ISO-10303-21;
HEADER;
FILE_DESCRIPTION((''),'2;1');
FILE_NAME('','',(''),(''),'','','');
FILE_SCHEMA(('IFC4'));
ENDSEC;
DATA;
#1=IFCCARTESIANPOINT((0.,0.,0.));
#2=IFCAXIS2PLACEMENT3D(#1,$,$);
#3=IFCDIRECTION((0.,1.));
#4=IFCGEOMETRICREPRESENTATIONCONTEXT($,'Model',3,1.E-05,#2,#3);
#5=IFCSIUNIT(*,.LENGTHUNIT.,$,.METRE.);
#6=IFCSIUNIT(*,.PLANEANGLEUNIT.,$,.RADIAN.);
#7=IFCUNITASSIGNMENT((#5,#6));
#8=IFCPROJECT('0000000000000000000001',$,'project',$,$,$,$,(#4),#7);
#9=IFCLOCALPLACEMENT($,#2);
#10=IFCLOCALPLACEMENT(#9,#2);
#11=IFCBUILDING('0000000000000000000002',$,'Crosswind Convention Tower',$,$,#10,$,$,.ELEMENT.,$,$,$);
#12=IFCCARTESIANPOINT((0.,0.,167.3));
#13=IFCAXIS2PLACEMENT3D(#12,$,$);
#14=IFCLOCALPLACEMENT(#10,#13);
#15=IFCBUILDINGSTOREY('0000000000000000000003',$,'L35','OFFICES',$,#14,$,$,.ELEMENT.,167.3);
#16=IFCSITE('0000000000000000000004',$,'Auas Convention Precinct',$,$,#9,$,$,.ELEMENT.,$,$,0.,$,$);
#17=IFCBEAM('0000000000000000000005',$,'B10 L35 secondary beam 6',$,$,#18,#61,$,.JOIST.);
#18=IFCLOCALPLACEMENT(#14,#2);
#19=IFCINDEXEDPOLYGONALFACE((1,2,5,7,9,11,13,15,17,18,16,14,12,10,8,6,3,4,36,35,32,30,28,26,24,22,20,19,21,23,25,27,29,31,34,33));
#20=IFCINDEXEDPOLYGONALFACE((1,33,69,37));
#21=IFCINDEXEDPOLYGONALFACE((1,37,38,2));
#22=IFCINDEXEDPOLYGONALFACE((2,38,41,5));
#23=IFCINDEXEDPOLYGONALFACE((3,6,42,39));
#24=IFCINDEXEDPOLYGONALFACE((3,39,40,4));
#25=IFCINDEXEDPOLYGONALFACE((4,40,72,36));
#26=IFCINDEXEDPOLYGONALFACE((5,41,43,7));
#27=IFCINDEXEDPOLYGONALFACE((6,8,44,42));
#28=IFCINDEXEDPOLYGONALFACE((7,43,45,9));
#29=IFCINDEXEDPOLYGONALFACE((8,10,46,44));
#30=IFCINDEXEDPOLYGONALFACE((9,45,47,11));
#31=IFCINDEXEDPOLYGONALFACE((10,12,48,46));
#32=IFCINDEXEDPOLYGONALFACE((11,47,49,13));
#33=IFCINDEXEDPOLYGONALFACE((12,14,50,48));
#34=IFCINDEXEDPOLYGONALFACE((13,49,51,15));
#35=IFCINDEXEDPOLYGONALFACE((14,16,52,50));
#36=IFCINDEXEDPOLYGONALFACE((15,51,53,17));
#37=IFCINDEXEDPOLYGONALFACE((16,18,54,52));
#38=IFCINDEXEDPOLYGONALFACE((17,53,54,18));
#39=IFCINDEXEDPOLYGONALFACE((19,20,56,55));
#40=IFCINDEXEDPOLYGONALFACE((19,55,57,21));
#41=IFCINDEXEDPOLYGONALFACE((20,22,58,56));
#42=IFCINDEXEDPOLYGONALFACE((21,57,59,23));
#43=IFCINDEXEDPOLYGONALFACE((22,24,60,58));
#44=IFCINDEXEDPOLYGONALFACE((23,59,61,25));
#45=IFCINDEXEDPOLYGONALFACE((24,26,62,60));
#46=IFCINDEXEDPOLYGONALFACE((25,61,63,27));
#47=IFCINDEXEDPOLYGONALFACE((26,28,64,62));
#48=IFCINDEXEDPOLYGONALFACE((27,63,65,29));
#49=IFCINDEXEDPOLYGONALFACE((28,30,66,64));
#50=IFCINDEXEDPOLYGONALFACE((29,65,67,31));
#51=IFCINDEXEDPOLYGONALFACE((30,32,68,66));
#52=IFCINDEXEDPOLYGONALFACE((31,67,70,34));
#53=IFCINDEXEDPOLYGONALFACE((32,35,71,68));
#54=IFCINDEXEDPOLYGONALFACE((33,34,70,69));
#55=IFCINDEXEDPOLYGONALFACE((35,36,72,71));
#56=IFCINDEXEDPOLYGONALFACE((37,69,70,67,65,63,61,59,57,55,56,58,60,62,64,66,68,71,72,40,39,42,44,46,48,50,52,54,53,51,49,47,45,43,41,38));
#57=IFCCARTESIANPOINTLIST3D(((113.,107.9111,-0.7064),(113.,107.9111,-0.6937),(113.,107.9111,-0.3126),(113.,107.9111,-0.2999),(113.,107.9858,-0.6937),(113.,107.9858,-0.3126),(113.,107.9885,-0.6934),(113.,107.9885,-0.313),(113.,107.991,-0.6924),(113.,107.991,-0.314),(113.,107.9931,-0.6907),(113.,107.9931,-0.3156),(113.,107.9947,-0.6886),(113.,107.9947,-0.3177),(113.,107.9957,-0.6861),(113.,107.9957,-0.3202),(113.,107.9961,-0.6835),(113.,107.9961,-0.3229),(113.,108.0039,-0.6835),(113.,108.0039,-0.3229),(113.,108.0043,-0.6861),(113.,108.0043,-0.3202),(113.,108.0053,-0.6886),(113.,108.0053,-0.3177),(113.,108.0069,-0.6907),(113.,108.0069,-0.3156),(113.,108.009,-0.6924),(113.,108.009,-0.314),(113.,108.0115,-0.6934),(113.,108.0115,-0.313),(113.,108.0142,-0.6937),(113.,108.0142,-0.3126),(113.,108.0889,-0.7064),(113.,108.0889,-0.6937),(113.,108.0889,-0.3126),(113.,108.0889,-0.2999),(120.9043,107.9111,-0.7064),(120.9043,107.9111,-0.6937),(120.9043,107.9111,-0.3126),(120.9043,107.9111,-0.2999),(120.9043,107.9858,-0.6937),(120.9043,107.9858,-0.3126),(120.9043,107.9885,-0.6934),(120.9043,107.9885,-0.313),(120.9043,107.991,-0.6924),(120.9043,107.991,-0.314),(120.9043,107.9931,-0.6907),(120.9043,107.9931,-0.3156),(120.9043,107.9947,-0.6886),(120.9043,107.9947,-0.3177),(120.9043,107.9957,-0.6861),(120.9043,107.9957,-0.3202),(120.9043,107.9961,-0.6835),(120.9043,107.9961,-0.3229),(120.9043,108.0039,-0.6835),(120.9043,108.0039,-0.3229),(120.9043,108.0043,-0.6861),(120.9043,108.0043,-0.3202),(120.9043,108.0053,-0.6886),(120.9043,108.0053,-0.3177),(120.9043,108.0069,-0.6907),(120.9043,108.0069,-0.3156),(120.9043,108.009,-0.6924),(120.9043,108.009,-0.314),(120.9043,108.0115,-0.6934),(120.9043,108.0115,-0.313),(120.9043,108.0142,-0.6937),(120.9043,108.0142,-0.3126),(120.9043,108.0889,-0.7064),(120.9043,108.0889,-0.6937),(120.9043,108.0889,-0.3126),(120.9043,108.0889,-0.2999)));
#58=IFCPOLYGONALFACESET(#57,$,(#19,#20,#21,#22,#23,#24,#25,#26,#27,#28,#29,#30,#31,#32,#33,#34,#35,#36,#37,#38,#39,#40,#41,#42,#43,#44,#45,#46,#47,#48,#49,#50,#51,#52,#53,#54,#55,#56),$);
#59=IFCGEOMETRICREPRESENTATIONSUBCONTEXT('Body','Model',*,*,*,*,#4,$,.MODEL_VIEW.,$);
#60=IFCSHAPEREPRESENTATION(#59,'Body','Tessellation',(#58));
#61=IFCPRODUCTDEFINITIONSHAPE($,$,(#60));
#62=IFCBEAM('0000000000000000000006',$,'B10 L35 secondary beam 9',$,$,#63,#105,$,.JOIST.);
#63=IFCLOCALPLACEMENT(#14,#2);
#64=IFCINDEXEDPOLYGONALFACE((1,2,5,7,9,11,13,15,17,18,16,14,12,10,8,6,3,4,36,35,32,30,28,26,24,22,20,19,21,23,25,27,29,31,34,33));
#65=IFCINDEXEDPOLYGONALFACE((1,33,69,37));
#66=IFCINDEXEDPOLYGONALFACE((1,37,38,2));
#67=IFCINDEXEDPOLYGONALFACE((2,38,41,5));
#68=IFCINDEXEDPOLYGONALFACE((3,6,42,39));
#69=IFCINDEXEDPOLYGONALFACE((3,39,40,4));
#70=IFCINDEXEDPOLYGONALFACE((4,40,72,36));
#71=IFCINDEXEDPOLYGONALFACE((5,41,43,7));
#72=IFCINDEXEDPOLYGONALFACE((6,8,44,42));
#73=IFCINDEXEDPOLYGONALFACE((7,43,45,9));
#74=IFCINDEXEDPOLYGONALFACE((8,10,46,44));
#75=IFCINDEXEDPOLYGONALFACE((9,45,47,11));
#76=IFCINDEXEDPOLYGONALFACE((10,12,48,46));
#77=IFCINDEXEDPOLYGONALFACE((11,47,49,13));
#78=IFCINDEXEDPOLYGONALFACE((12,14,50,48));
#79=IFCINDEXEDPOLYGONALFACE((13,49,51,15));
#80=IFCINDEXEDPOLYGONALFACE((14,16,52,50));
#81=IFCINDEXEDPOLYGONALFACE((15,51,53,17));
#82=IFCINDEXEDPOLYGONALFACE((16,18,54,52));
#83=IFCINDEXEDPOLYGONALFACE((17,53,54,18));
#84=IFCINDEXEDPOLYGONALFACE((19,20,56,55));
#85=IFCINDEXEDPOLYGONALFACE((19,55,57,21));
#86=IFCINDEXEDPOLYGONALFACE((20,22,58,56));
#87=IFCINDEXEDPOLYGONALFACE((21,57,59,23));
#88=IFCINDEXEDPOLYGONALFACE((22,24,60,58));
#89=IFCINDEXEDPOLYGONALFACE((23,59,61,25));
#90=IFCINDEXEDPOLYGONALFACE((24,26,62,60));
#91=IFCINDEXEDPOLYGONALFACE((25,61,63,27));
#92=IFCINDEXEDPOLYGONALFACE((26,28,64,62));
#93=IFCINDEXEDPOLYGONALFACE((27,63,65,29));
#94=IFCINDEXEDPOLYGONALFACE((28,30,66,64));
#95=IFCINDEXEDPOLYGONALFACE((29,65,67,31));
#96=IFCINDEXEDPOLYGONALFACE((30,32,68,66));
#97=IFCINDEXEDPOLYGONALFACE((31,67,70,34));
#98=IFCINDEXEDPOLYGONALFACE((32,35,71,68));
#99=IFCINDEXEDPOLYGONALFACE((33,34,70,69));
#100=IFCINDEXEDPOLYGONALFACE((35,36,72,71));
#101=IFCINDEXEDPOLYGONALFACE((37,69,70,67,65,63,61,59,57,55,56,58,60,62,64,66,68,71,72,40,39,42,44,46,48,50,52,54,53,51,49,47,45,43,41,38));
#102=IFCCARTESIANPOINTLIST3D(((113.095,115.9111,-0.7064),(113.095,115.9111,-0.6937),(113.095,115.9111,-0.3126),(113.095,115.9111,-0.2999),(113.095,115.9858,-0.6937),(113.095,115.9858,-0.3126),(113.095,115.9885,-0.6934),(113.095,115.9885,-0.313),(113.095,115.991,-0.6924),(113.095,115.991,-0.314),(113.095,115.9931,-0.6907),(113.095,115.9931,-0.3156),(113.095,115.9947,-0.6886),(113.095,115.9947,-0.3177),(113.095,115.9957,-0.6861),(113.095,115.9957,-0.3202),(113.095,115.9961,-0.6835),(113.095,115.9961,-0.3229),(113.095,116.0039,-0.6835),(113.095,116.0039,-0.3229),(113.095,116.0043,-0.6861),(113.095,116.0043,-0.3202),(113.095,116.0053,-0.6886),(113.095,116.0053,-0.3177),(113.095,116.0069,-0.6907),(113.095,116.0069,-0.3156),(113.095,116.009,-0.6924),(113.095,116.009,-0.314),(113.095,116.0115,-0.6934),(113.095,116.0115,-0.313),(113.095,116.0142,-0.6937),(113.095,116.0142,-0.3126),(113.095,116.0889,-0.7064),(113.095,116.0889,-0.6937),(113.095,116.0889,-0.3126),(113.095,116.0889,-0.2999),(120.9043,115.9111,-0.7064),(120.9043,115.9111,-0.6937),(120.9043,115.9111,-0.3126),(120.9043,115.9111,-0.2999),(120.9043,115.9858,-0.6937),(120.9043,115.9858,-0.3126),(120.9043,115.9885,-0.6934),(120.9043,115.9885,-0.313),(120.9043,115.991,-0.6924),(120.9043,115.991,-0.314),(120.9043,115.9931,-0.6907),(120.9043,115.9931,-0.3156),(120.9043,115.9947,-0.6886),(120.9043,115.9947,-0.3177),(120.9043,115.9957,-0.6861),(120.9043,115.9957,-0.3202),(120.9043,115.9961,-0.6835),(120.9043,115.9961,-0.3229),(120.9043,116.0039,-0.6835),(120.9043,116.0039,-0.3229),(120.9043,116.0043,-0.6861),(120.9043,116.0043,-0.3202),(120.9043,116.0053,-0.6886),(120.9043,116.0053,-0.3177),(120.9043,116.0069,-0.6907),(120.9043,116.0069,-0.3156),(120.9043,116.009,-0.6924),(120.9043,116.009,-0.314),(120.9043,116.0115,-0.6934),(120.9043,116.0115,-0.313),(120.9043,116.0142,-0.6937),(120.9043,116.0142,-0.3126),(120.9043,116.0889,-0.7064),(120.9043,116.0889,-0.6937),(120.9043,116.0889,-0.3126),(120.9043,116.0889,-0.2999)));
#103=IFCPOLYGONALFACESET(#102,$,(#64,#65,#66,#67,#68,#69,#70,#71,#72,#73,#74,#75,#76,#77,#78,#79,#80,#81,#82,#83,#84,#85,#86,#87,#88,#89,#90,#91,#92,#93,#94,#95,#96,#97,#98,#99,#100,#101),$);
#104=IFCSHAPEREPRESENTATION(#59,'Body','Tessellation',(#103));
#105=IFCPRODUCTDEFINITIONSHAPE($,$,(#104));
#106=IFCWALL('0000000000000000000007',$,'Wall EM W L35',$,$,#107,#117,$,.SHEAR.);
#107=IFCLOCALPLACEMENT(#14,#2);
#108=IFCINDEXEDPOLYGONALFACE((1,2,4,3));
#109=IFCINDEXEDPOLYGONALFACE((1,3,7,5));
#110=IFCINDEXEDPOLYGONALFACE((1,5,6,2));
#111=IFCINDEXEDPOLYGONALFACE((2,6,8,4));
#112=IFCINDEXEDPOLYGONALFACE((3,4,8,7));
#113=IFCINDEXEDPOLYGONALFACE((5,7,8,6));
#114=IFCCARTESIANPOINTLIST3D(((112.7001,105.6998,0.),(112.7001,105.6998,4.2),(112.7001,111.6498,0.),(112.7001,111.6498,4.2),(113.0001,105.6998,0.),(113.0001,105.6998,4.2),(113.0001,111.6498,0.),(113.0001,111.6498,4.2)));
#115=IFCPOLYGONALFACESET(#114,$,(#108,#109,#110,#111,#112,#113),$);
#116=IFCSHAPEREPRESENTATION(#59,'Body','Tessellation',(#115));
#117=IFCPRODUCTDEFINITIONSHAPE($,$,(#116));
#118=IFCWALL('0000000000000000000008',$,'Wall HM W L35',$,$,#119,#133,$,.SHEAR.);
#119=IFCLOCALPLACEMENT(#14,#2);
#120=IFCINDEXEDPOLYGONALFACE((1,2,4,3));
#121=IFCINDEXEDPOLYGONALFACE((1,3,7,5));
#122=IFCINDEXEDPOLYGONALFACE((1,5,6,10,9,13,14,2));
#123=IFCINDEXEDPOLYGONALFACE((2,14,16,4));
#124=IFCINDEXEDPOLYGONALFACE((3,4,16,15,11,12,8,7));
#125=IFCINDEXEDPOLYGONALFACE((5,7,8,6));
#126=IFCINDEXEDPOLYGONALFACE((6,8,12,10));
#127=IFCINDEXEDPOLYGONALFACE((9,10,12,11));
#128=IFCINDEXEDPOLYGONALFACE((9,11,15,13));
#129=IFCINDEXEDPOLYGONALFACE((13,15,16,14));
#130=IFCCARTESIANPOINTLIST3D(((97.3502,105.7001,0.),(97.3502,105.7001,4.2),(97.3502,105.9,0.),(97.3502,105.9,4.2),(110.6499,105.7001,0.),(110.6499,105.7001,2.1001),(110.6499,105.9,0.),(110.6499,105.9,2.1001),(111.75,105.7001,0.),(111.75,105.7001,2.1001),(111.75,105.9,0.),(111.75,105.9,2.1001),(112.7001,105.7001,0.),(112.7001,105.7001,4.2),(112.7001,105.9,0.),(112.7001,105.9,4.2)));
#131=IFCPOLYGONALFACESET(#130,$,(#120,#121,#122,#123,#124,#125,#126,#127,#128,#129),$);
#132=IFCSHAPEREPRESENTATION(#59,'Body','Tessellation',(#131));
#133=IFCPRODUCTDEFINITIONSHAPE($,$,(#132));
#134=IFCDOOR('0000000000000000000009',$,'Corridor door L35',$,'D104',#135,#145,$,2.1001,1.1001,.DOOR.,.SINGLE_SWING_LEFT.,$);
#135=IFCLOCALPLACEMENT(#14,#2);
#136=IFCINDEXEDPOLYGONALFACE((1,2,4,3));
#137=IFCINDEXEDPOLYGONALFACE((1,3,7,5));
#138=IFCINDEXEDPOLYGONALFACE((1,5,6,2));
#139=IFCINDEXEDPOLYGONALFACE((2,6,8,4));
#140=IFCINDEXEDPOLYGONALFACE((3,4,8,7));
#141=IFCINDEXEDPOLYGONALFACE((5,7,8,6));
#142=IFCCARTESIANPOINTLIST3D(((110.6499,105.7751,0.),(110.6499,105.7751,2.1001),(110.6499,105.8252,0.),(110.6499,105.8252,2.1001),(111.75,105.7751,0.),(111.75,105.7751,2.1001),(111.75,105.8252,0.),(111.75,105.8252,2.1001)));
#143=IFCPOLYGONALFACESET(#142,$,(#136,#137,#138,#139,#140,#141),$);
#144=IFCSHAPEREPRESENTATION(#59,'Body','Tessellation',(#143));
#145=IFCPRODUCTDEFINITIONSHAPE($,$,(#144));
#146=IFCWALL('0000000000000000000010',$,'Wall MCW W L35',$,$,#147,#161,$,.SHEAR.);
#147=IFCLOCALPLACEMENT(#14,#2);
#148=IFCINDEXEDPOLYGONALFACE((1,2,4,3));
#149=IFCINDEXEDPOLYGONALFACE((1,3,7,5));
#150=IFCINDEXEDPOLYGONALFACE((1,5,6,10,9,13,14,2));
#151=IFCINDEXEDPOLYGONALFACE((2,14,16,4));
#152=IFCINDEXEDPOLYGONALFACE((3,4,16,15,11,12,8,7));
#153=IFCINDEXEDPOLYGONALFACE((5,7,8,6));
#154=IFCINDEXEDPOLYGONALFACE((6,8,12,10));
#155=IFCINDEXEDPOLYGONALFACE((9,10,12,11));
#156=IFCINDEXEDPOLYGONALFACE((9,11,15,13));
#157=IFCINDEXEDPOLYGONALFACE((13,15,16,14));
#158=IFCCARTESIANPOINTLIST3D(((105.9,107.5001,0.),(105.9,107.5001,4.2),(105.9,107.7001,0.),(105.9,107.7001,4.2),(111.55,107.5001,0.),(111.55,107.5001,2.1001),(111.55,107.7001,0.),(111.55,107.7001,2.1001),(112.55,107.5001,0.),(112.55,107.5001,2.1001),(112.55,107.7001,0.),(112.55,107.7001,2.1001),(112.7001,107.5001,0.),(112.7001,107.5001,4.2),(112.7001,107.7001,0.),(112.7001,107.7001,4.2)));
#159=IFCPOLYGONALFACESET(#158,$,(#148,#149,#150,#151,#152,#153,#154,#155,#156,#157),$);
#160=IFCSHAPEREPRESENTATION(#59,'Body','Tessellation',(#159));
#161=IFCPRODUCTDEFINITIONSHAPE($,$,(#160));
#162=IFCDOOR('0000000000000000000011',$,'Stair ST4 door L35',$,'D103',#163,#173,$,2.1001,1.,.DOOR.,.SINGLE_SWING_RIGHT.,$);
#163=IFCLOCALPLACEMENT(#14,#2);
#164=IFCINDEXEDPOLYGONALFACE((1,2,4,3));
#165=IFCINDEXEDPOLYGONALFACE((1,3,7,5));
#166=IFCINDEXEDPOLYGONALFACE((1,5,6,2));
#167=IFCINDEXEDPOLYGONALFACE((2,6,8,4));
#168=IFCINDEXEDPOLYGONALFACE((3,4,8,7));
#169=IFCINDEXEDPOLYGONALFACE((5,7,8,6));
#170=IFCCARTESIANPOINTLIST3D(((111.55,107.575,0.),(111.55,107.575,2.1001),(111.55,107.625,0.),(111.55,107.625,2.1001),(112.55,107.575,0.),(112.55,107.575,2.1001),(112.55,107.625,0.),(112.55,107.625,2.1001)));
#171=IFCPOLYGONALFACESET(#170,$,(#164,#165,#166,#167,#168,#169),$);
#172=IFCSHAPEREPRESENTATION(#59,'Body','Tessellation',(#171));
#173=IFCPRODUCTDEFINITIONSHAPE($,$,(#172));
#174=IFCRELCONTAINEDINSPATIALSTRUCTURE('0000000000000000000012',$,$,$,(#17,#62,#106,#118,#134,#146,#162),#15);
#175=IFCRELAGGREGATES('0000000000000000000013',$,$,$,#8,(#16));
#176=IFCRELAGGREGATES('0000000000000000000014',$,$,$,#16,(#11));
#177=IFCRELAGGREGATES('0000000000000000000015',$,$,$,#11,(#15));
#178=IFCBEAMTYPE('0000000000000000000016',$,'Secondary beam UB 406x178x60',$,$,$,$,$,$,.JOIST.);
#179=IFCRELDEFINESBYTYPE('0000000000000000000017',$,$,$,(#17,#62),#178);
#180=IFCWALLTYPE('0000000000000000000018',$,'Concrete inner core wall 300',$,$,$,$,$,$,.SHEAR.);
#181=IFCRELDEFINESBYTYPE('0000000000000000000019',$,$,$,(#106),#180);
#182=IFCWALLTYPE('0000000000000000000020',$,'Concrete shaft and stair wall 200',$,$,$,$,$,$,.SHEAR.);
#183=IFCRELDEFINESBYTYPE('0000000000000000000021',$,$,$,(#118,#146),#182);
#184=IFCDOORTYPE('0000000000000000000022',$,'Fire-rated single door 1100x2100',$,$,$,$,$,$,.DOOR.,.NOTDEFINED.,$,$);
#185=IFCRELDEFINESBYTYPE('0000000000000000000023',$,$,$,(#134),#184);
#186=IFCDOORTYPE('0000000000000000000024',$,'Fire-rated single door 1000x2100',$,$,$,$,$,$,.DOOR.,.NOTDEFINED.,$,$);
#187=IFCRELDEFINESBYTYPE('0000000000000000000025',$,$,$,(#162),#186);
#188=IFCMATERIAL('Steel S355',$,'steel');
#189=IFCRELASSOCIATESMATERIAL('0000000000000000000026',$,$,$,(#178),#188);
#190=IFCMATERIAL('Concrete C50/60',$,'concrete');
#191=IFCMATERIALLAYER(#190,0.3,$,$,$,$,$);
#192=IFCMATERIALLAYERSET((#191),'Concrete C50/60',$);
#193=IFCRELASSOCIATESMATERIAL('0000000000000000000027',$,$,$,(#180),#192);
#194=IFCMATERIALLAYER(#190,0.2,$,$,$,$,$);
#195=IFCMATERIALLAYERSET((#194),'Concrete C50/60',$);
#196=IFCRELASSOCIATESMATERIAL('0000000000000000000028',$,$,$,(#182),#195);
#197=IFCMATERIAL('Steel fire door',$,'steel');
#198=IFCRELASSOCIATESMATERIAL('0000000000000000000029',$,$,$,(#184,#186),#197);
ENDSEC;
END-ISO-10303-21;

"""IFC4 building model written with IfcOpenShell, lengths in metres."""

from ifc_helpers import new_model, si_unit, direction, frame, frame_2d, origin, origin_2d, place, context, subcontext, project, spatial, rectangle, i_section, extrude, material, layer, layer_set, material_profile, profile_set, type_object, element, fill, save


model = new_model("IFC4")

# Units and contexts
model_context = context("Model", 3, precision=1e-05, world=origin(), true_north=direction((0.0, 1.0)))
body_context = subcontext(model_context, "Body", "Model", "MODEL_VIEW")
ifc_project = project(units=[si_unit("LENGTHUNIT", "METRE"), si_unit("PLANEANGLEUNIT", "RADIAN")], contexts=[model_context])

# Site, building, storey
site_placement = place(None, origin())
site = spatial("IfcSite", under=ifc_project, at=site_placement, Name="Auas Convention Precinct", CompositionType="ELEMENT", RefElevation=0.0)
building_placement = place(site_placement, origin())
building = spatial("IfcBuilding", under=site, at=building_placement, Name="Crosswind Convention Tower", CompositionType="ELEMENT")
storey_placement = place(building_placement, frame((0.0, 0.0, 167.3)))
storey = spatial("IfcBuildingStorey", under=building, at=storey_placement, Name="L35", Description="OFFICES", CompositionType="ELEMENT", Elevation=167.3)

# Shared definitions
ifc_material_1 = material(Name="Steel S355", Category="steel")

# Beams
ifc_material_profile_1 = material_profile(ifc_material_1, i_section(OverallWidth=0.1777, OverallDepth=0.4065, WebThickness=0.0078, FlangeThickness=0.0127, FilletRadius=0.0103, at=origin_2d()), Name="UB 406x178x60")
ifc_profile_set_1 = profile_set([ifc_material_profile_1], Name="Steel S355")
beam_type_1 = type_object("IfcBeamType", Name="Secondary beam UB 406x178x60", PredefinedType="JOIST", material=ifc_profile_set_1)
for number, where, z_axis, x_axis, name in (
    (1, (113.0, 108.0, -0.5032), (1.0, 0.0, 0.0), (0.0, 1.0, 0.0), "B10 L35 secondary beam 6"),
):
    element("IfcBeam", number, at=place(storey_placement, frame(where, z_axis=z_axis, x_axis=x_axis)), inside=storey, type_object=beam_type_1, Name=name, PredefinedType="JOIST", context=body_context, shape_type="SweptSolid", body=[
        extrude(i_section(OverallWidth=0.1777, OverallDepth=0.4065, WebThickness=0.0078, FlangeThickness=0.0127, FilletRadius=0.0103, at=origin_2d()), origin(), (0.0, 0.0, 1.0), 7.9043),
    ])
beam_1_placement = place(storey_placement, frame((113.095, 116.0, -0.5032), z_axis=(1.0, 0.0, 0.0), x_axis=(0.0, 1.0, 0.0)))
element("IfcBeam", 2, at=beam_1_placement, inside=storey, type_object=beam_type_1, Name="B10 L35 secondary beam 9", PredefinedType="JOIST", context=body_context, shape_type="SweptSolid", body=[
    extrude(i_section(OverallWidth=0.1777, OverallDepth=0.4065, WebThickness=0.0078, FlangeThickness=0.0127, FilletRadius=0.0103, at=origin_2d()), origin(), (0.0, 0.0, 1.0), 7.8093),
])

# Shared definitions
ifc_material_2 = material(Name="Concrete C50/60", Category="concrete")
ifc_layer_1 = layer(ifc_material_2, 0.3)
ifc_layer_set_1 = layer_set([ifc_layer_1], Name="Concrete C50/60")
wall_type_1 = type_object("IfcWallType", Name="Concrete inner core wall 300", PredefinedType="SHEAR", material=ifc_layer_set_1)

# Wall
wall_1_placement = place(storey_placement, frame((112.8501, 111.6499, 0.0), z_axis=(0.0, 0.0, 1.0), x_axis=(0.0, -1.0, 0.0)))
element("IfcWall", 3, at=wall_1_placement, inside=storey, type_object=wall_type_1, Name="Wall EM W L35", PredefinedType="SHEAR", context=body_context, shape_type="SweptSolid", body=[
    extrude(rectangle(XDim=5.95, YDim=0.3, at=frame_2d((2.9751, 0.0))), origin(), (0.0, 0.0, 1.0), 4.2),
])

# Walls, openings, doors
ifc_layer_2 = layer(ifc_material_2, 0.2)
ifc_layer_set_2 = layer_set([ifc_layer_2], Name="Concrete C50/60")
wall_type_2 = type_object("IfcWallType", Name="Concrete shaft and stair wall 200", PredefinedType="SHEAR", material=ifc_layer_set_2)
wall_2_placement = place(storey_placement, frame((112.7, 105.8, 0.0), z_axis=(0.0, 0.0, 1.0), x_axis=(-1.0, 0.0, 0.0)))
wall_2 = element("IfcWall", 4, at=wall_2_placement, inside=storey, type_object=wall_type_2, Name="Wall HM W L35", PredefinedType="SHEAR", context=body_context, shape_type="SweptSolid", body=[
    extrude(rectangle(XDim=15.3499, YDim=0.2, at=frame_2d((7.6748, 0.0))), origin(), (0.0, 0.0, 1.0), 4.2),
])
opening_1_placement = place(wall_2_placement, frame((0.95, 0.0, 0.0)))
opening_1 = element("IfcOpeningElement", 5, at=opening_1_placement, cuts=wall_2, PredefinedType="OPENING", context=body_context, shape_type="SweptSolid", body=[
    extrude(rectangle(XDim=1.1001, YDim=2.1001, at=frame_2d((0.55, 1.05))), frame((0.0, 0.1099, 0.0), z_axis=(0.0, -1.0, 0.0), x_axis=(1.0, 0.0, 0.0)), (0.0, 0.0, 1.0), 0.22),
])
ifc_material_3 = material(Name="Steel fire door", Category="steel")
door_type_1 = type_object("IfcDoorType", Name="Fire-rated single door 1100x2100", OperationType="NOTDEFINED", PredefinedType="DOOR", material=ifc_material_3)
door_1_placement = place(opening_1_placement, origin())
door_1 = element("IfcDoor", 6, at=door_1_placement, inside=storey, type_object=door_type_1, Name="Corridor door L35", ObjectType="D104", OperationType="SINGLE_SWING_LEFT", OverallHeight=2.1001, OverallWidth=1.1001, PredefinedType="DOOR", context=body_context, shape_type="SweptSolid", body=[
    extrude(rectangle(XDim=1.1001, YDim=2.1001, at=frame_2d((0.55, 1.05))), frame((0.0, 0.0249, 0.0), z_axis=(0.0, -1.0, 0.0), x_axis=(1.0, 0.0, 0.0)), (0.0, 0.0, 1.0), 0.05),
])
fill(opening_1, door_1)
wall_3_placement = place(storey_placement, frame((112.7, 107.6001, 0.0), z_axis=(0.0, 0.0, 1.0), x_axis=(-1.0, 0.0, 0.0)))
wall_3 = element("IfcWall", 7, at=wall_3_placement, inside=storey, type_object=wall_type_2, Name="Wall MCW W L35", PredefinedType="SHEAR", context=body_context, shape_type="SweptSolid", body=[
    extrude(rectangle(XDim=6.8, YDim=0.2, at=frame_2d((3.3999, 0.0))), origin(), (0.0, 0.0, 1.0), 4.2),
])
opening_2_placement = place(wall_3_placement, frame((0.1499, 0.0, 0.0)))
opening_2 = element("IfcOpeningElement", 8, at=opening_2_placement, cuts=wall_3, PredefinedType="OPENING", context=body_context, shape_type="SweptSolid", body=[
    extrude(rectangle(XDim=1.0, YDim=2.1001, at=frame_2d((0.5, 1.05))), frame((0.0, 0.1099, 0.0), z_axis=(0.0, -1.0, 0.0), x_axis=(1.0, 0.0, 0.0)), (0.0, 0.0, 1.0), 0.22),
])
door_type_2 = type_object("IfcDoorType", Name="Fire-rated single door 1000x2100", OperationType="NOTDEFINED", PredefinedType="DOOR", material=ifc_material_3)
door_2_placement = place(opening_2_placement, frame((1.0, 0.0, 0.0), z_axis=(0.0, 0.0, 1.0), x_axis=(-1.0, 0.0, 0.0)))
door_2 = element("IfcDoor", 9, at=door_2_placement, inside=storey, type_object=door_type_2, Name="Stair ST4 door L35", ObjectType="D103", OperationType="SINGLE_SWING_RIGHT", OverallHeight=2.1001, OverallWidth=1.0, PredefinedType="DOOR", context=body_context, shape_type="SweptSolid", body=[
    extrude(rectangle(XDim=1.0, YDim=2.1001, at=frame_2d((0.5, 1.05))), frame((0.0, 0.0249, 0.0), z_axis=(0.0, -1.0, 0.0), x_axis=(1.0, 0.0, 0.0)), (0.0, 0.0, 1.0), 0.05),
])
fill(opening_2, door_2)

save(model, "model.ifc")
